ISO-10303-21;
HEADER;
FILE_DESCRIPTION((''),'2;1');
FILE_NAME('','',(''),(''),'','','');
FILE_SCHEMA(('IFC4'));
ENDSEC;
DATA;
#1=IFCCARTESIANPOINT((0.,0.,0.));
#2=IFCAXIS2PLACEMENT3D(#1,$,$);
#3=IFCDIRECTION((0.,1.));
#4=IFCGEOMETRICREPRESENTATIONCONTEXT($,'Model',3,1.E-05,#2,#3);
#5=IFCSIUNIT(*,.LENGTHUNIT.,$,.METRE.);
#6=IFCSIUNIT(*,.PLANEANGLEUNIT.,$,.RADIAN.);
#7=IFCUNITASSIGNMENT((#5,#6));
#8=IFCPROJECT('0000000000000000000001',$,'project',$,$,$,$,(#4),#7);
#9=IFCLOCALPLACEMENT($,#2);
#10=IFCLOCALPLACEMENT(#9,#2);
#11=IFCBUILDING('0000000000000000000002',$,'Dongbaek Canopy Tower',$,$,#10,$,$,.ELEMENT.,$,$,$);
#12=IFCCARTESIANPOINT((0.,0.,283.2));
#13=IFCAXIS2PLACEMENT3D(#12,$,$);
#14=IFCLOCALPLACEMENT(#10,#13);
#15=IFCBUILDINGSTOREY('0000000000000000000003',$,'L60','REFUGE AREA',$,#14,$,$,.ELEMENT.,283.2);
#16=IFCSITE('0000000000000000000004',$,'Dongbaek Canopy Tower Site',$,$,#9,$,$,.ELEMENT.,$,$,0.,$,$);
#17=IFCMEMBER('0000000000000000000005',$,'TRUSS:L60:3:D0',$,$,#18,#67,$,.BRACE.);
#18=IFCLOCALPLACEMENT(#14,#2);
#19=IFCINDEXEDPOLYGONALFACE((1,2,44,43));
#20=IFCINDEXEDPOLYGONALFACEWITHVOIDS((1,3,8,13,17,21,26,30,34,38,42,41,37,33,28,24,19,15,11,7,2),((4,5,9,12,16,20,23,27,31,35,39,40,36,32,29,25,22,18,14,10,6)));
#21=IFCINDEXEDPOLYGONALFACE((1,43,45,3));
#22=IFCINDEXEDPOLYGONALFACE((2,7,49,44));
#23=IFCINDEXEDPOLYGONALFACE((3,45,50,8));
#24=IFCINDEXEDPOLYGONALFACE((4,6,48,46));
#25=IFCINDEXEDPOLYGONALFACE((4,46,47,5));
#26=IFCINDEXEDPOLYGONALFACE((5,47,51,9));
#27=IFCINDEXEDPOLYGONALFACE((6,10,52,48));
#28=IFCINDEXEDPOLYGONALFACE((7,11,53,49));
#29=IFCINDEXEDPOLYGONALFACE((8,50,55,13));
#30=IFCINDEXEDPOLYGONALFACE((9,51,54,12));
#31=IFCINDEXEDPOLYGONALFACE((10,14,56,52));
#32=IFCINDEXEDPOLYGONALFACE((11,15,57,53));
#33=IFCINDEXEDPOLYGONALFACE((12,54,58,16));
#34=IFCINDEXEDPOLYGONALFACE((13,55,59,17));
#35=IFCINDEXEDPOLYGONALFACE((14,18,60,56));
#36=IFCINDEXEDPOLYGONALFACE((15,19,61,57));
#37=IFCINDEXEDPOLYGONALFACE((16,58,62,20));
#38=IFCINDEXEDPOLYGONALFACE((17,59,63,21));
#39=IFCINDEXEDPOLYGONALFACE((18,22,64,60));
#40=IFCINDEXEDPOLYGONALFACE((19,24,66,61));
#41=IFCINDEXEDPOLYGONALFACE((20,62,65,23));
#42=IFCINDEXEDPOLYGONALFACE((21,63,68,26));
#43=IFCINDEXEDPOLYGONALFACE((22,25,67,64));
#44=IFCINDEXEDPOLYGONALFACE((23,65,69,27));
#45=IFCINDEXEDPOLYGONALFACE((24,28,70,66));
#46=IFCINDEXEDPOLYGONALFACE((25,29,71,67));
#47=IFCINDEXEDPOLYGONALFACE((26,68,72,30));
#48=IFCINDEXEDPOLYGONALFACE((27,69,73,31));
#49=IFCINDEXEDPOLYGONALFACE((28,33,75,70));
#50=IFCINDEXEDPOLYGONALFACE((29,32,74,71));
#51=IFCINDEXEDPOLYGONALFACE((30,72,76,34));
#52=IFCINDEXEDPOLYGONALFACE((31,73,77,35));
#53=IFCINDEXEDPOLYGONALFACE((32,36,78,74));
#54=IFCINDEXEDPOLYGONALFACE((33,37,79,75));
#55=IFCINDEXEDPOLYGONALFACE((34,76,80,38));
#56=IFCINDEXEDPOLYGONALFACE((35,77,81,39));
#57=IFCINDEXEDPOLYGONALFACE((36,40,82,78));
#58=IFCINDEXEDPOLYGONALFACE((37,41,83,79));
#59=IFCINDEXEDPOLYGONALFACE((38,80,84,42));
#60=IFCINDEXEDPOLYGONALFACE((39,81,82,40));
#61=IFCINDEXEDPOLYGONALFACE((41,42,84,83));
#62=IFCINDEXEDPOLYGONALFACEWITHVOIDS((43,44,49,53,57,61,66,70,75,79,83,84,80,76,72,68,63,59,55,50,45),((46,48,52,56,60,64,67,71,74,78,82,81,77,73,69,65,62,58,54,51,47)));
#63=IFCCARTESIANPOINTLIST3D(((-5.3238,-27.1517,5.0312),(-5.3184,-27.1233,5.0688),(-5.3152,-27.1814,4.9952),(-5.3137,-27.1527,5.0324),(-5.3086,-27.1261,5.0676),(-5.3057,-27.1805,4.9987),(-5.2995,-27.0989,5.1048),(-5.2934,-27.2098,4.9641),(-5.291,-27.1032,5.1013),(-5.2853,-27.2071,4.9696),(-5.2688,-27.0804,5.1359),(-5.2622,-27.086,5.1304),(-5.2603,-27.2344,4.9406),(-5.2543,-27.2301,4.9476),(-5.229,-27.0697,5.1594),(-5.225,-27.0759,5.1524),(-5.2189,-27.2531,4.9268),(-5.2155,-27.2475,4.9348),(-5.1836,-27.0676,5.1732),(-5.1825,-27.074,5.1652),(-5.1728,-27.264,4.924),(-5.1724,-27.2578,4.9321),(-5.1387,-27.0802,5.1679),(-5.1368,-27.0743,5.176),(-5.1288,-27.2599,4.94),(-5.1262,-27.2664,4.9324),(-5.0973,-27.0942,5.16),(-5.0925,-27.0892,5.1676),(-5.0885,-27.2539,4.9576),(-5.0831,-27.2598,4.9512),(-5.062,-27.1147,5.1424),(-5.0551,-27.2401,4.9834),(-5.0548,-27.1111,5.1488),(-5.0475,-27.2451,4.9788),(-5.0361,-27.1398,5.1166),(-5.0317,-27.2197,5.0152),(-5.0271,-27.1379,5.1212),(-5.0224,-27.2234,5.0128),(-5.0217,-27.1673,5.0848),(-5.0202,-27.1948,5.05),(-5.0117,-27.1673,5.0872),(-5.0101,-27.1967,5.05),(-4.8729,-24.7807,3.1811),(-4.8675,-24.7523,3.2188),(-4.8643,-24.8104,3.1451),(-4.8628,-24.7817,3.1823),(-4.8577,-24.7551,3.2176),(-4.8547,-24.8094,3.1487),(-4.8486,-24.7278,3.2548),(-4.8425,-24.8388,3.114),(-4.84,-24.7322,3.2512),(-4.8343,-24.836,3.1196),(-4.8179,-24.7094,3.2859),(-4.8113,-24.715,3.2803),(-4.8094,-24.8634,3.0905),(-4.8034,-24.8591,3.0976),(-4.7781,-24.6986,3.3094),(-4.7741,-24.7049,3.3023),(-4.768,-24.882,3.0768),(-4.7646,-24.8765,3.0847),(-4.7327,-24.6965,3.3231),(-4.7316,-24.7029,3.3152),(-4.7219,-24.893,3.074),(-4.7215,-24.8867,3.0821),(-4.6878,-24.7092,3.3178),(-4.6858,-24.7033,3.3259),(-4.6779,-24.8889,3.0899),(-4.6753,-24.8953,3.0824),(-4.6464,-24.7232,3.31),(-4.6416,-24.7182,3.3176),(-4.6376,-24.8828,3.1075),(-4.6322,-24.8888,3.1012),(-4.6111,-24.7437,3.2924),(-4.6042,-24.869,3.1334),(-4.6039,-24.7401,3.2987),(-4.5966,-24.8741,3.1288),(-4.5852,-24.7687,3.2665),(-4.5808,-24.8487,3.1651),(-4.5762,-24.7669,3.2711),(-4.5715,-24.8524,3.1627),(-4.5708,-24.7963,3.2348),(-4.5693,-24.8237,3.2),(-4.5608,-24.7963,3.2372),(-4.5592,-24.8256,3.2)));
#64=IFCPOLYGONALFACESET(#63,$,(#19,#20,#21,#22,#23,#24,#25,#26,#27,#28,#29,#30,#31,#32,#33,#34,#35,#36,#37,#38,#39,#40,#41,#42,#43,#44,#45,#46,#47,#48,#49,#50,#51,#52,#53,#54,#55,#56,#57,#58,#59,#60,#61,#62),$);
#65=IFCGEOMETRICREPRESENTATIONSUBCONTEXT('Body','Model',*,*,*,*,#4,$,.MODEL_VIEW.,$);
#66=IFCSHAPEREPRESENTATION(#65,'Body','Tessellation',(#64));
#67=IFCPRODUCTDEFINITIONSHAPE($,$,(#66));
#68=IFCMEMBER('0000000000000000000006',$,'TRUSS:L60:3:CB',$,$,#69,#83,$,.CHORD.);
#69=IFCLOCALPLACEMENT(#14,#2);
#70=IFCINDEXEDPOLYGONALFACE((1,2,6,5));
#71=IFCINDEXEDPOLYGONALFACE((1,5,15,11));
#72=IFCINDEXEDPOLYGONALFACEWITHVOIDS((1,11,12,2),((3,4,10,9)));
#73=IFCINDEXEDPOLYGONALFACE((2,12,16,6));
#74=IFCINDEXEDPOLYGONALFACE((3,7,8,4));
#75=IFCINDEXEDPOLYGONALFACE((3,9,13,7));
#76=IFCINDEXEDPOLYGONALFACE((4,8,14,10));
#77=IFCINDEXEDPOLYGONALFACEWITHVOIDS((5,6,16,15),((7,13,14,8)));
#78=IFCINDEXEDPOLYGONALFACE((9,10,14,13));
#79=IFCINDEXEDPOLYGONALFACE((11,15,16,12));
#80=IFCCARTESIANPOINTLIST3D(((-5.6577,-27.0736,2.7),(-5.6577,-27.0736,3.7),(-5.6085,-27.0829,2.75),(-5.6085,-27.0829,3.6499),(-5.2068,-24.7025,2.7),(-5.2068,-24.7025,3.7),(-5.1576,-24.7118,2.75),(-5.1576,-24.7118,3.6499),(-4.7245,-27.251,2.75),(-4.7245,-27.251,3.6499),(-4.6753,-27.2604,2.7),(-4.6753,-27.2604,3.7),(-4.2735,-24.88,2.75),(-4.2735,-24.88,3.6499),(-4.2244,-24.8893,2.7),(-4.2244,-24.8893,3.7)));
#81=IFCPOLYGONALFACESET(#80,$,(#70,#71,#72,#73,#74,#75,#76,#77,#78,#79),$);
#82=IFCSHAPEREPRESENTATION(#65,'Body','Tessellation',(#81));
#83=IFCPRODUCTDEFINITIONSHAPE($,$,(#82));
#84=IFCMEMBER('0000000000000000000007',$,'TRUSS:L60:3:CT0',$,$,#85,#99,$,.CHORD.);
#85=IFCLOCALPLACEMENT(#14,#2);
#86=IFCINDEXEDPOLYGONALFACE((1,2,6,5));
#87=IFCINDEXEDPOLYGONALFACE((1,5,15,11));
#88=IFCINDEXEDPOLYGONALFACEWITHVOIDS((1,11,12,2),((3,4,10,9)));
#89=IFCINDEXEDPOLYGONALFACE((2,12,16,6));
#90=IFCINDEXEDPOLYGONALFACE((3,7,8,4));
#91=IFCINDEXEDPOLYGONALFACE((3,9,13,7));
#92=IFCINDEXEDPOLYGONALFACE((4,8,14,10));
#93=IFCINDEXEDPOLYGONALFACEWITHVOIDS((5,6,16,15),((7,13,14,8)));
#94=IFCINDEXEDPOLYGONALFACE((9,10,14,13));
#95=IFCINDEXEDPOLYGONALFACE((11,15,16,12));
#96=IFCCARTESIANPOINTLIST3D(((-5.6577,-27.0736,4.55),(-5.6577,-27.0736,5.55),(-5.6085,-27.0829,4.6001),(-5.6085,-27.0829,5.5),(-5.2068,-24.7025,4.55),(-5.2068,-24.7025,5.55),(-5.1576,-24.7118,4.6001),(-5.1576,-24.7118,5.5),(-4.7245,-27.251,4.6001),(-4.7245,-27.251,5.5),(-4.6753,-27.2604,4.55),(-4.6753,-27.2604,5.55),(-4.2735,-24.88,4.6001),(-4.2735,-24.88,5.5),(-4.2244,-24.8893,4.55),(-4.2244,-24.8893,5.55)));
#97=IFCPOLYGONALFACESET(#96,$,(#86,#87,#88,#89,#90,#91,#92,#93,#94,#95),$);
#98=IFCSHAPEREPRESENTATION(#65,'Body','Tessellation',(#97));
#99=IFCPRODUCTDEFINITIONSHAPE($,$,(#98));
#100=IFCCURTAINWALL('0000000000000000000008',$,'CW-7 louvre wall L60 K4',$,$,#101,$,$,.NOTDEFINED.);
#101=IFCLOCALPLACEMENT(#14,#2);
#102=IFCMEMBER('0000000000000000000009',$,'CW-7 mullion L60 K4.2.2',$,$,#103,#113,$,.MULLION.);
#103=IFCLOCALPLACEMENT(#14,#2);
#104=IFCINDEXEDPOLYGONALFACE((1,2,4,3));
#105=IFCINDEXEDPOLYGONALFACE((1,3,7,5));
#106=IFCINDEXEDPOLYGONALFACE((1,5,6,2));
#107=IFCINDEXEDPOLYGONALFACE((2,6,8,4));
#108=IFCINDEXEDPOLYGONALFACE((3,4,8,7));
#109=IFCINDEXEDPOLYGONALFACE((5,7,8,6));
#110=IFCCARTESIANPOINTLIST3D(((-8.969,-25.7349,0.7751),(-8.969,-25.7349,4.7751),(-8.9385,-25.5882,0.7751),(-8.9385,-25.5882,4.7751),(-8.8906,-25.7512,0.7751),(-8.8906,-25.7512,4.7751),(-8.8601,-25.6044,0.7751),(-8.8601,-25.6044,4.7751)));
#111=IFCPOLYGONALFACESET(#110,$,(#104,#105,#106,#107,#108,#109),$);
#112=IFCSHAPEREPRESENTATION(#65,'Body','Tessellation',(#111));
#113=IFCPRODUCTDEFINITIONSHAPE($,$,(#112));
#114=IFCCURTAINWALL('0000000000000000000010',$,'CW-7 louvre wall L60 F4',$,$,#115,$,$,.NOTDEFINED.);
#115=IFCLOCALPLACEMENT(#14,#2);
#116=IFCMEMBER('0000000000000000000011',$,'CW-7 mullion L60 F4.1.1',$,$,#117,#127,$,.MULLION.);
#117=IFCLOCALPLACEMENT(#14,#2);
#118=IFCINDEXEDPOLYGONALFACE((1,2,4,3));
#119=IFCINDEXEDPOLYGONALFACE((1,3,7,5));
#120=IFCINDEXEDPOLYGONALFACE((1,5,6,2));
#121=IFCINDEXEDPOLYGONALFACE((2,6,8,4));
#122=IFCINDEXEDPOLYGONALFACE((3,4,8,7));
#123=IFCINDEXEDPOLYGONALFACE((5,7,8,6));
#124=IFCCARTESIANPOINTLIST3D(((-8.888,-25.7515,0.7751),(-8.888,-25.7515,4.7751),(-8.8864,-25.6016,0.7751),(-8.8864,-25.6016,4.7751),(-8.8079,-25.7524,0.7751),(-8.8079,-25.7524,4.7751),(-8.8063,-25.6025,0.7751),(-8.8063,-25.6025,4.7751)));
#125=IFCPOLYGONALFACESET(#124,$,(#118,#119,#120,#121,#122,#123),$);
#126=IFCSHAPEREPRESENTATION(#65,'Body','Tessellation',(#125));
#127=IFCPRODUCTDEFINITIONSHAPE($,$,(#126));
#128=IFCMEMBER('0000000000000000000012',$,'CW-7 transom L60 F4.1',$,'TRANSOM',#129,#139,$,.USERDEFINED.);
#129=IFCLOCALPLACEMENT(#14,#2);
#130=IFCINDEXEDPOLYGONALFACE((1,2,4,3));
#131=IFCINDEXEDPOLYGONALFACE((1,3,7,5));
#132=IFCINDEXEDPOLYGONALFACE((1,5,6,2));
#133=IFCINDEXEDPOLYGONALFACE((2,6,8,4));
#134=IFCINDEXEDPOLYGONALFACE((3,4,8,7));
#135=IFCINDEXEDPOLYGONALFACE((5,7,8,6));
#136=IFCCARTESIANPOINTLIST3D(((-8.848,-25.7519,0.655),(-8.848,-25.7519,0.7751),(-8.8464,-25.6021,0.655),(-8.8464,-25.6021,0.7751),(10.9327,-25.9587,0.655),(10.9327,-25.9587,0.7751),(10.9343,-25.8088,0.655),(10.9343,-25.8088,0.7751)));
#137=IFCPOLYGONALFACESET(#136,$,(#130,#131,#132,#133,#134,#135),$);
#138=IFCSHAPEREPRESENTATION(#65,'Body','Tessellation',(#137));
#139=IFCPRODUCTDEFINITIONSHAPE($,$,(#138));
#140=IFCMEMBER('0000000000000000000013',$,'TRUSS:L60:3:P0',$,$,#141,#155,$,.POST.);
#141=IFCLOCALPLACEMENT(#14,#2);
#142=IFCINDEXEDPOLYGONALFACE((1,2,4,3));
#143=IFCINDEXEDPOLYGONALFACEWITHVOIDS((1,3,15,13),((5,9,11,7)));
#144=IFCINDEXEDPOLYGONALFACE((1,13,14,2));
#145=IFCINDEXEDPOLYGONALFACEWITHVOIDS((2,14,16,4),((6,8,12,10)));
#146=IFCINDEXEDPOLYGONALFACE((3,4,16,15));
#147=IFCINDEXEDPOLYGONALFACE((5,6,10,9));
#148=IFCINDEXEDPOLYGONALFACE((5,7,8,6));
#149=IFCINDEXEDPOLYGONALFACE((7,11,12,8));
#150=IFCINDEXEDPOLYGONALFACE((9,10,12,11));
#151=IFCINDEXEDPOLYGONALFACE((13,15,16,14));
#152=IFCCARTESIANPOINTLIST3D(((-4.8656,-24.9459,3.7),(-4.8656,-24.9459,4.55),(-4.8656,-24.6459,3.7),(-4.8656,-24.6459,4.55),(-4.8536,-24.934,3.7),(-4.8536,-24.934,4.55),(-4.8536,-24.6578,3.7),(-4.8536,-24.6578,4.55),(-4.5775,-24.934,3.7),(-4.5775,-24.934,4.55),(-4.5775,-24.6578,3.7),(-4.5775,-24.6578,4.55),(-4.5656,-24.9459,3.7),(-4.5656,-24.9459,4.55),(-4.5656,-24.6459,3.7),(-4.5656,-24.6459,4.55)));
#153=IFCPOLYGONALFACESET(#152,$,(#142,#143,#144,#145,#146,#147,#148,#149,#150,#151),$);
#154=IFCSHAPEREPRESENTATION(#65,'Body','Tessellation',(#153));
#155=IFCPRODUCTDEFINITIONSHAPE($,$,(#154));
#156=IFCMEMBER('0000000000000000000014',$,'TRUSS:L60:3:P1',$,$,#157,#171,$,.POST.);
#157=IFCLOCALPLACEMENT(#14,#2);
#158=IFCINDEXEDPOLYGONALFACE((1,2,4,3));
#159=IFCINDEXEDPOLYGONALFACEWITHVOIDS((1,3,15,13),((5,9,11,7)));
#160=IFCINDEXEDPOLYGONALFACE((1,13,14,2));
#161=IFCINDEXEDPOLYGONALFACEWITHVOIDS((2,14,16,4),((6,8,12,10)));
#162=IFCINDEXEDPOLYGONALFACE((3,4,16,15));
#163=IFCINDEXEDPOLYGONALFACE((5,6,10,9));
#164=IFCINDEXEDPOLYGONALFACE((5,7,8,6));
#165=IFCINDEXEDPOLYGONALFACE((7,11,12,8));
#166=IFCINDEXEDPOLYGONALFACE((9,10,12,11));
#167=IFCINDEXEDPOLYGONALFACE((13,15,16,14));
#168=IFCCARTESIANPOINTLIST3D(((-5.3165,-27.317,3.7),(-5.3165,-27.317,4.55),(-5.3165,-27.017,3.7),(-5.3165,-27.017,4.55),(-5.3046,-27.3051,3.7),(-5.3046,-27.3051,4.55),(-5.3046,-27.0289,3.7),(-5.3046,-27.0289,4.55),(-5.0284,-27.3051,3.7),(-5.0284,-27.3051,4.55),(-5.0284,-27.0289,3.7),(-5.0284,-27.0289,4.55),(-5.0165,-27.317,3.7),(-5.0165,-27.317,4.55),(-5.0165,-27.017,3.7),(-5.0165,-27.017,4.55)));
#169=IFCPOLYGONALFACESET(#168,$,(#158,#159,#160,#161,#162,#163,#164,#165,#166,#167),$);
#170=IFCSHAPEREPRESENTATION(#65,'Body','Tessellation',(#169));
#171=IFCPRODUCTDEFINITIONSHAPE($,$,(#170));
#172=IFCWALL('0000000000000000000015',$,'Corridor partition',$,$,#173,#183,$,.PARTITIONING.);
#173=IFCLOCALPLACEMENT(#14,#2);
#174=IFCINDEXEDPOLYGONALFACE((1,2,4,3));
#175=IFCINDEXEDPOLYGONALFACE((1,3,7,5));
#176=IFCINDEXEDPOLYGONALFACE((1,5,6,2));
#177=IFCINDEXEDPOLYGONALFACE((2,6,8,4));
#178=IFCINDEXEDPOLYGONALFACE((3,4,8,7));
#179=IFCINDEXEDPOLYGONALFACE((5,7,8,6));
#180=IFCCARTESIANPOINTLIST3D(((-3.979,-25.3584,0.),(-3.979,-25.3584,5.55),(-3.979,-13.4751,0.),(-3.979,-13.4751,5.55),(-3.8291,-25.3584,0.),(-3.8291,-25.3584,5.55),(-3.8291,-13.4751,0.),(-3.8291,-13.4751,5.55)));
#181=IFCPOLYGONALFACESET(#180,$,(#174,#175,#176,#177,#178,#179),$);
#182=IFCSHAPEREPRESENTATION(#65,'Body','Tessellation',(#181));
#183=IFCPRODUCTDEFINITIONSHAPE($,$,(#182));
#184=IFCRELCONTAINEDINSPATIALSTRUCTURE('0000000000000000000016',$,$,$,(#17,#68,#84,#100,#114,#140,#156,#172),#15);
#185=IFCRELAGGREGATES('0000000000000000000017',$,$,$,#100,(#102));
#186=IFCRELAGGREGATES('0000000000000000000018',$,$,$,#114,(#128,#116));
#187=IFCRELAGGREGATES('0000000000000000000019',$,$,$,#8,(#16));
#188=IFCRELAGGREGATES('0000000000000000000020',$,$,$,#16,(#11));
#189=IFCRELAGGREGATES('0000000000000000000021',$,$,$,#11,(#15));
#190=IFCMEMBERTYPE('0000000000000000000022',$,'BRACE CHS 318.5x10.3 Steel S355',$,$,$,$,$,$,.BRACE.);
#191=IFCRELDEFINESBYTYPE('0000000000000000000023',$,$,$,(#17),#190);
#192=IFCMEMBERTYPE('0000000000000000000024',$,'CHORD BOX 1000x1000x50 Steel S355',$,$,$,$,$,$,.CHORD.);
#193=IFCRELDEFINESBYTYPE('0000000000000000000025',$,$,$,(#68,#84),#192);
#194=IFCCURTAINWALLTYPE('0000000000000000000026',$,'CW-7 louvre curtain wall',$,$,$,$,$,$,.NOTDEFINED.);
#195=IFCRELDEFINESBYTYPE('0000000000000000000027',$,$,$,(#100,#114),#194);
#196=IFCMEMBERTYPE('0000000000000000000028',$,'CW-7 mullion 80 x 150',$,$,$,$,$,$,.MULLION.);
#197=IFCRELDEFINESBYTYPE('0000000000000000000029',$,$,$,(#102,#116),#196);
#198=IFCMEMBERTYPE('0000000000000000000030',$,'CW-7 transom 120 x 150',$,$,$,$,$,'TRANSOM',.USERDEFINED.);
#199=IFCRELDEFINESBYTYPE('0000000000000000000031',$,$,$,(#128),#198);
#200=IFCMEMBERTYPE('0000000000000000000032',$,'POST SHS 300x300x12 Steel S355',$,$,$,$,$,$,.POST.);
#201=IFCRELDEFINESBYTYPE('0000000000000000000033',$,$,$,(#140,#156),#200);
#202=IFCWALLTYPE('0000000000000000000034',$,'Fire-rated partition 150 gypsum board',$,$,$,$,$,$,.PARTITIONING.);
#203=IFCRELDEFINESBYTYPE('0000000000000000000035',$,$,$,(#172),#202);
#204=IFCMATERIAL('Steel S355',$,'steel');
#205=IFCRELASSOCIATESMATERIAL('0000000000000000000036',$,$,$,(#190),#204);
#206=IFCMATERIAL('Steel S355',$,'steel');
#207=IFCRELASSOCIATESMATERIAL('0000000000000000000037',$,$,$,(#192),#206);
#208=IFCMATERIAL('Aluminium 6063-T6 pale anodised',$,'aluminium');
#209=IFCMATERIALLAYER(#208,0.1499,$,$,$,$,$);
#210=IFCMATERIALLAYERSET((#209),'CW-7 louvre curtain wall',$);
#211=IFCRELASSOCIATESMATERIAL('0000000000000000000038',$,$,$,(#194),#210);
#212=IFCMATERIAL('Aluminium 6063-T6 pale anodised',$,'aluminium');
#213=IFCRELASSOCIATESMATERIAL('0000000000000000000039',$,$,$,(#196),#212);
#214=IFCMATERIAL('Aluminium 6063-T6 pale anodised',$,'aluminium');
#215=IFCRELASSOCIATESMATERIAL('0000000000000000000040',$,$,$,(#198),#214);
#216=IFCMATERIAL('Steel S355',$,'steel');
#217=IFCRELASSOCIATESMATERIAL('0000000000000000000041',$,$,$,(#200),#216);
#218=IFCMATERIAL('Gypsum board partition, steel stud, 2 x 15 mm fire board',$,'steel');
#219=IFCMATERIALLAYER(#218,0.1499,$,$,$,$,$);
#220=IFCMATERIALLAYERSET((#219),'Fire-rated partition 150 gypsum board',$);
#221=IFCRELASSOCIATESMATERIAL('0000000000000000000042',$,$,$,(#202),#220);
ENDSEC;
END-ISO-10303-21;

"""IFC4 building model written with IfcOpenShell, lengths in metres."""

from ifc_helpers import new_model, si_unit, direction, frame, frame_2d, origin, origin_2d, place, context, subcontext, project, spatial, rectangle, hollow_rectangle, hollow_circle, extrude, material, layer, layer_set, material_profile, profile_set, type_object, element, aggregate, save


model = new_model("IFC4")

# Units and contexts
model_context = context("Model", 3, precision=1e-05, world=origin(), true_north=direction((0.0, 1.0)))
body_context = subcontext(model_context, "Body", "Model", "MODEL_VIEW")
ifc_project = project(units=[si_unit("LENGTHUNIT", "METRE"), si_unit("PLANEANGLEUNIT", "RADIAN")], contexts=[model_context])

# Site, building, storey
site_placement = place(None, origin())
site = spatial("IfcSite", under=ifc_project, at=site_placement, Name="Dongbaek Canopy Tower Site", CompositionType="ELEMENT", RefElevation=0.0)
building_placement = place(site_placement, origin())
building = spatial("IfcBuilding", under=site, at=building_placement, Name="Dongbaek Canopy Tower", CompositionType="ELEMENT")
storey_placement = place(building_placement, frame((0.0, 0.0, 283.2)))
storey = spatial("IfcBuildingStorey", under=building, at=storey_placement, Name="L60", Description="REFUGE AREA", CompositionType="ELEMENT", Elevation=283.2)

# Members
ifc_material_1 = material(Name="Steel S355", Category="steel")
ifc_material_profile_1 = material_profile(ifc_material_1, hollow_circle(Radius=0.1592, WallThickness=0.0103, at=origin_2d()), Name="BRACE CHS 318.5x10.3 Steel S355")
ifc_profile_set_1 = profile_set([ifc_material_profile_1], Name="Steel S355")
member_type_1 = type_object("IfcMemberType", Name="BRACE CHS 318.5x10.3 Steel S355", PredefinedType="BRACE", material=ifc_profile_set_1)
member_1_placement = place(storey_placement, frame((-4.7156, -24.7959, 3.2), z_axis=(-0.148278, -0.779683, 0.608365), x_axis=(0.982393, -0.186829, 0.0)))
element("IfcMember", 1, at=member_1_placement, inside=storey, type_object=member_type_1, Name="TRUSS:L60:3:D0", PredefinedType="BRACE", context=body_context, shape_type="SweptSolid", body=[
    extrude(hollow_circle(Radius=0.1592, WallThickness=0.0103, at=origin_2d()), origin(), (0.0, 0.0, 1.0), 3.041),
])
ifc_material_2 = material(Name="Steel S355", Category="steel")
ifc_material_profile_2 = material_profile(ifc_material_2, hollow_rectangle(XDim=1.0, YDim=1.0, WallThickness=0.05, at=origin_2d()), Name="CHORD BOX 1000x1000x50 Steel S355")
ifc_profile_set_2 = profile_set([ifc_material_profile_2], Name="Steel S355")
member_type_2 = type_object("IfcMemberType", Name="CHORD BOX 1000x1000x50 Steel S355", PredefinedType="CHORD", material=ifc_profile_set_2)
for number, where, z_axis, x_axis, name in (
    (2, (-4.7156, -24.7959, 3.2), (-0.186829, -0.982393, 0.0), (0.982393, -0.186829, 0.0), "TRUSS:L60:3:CB"),
    (3, (-4.7156, -24.7959, 5.05), (-0.186829, -0.982393, 0.0), (0.982393, -0.186829, 0.0), "TRUSS:L60:3:CT0"),
):
    element("IfcMember", number, at=place(storey_placement, frame(where, z_axis=z_axis, x_axis=x_axis)), inside=storey, type_object=member_type_2, Name=name, PredefinedType="CHORD", context=body_context, shape_type="SweptSolid", body=[
        extrude(hollow_rectangle(XDim=1.0, YDim=1.0, WallThickness=0.05, at=origin_2d()), origin(), (0.0, 0.0, 1.0), 2.4136),
    ])

# Curtain wall, member
ifc_material_3 = material(Name="Aluminium 6063-T6 pale anodised", Category="aluminium")
ifc_layer_1 = layer(ifc_material_3, 0.1499)
ifc_layer_set_1 = layer_set([ifc_layer_1], Name="CW-7 louvre curtain wall")
curtain_wall_type = type_object("IfcCurtainWallType", Name="CW-7 louvre curtain wall", PredefinedType="NOTDEFINED", material=ifc_layer_set_1)
curtain_wall_1_placement = place(storey_placement, origin())
curtain_wall_1 = element("IfcCurtainWall", 4, at=curtain_wall_1_placement, inside=storey, type_object=curtain_wall_type, Name="CW-7 louvre wall L60 K4", PredefinedType="NOTDEFINED")
ifc_material_4 = material(Name="Aluminium 6063-T6 pale anodised", Category="aluminium")
ifc_material_profile_3 = material_profile(ifc_material_4, rectangle(XDim=0.1499, YDim=0.0801, at=origin_2d()), Name="CW-7 mullion 80 x 150")
ifc_profile_set_3 = profile_set([ifc_material_profile_3], Name="Aluminium 6063-T6 pale anodised")
member_type_3 = type_object("IfcMemberType", Name="CW-7 mullion 80 x 150", PredefinedType="MULLION", material=ifc_profile_set_3)
member_2_placement = place(storey_placement, frame((-8.9146, -25.6697, 0.7751), z_axis=(0.0, 0.0, 1.0), x_axis=(-0.203238, -0.979129, 0.0)))
member_2 = element("IfcMember", 5, at=member_2_placement, type_object=member_type_3, Name="CW-7 mullion L60 K4.2.2", PredefinedType="MULLION", context=body_context, shape_type="SweptSolid", body=[
    extrude(rectangle(XDim=0.1499, YDim=0.0801, at=origin_2d()), origin(), (0.0, 0.0, 1.0), 4.0),
])

# Curtain wall, members
curtain_wall_2_placement = place(storey_placement, origin())
curtain_wall_2 = element("IfcCurtainWall", 6, at=curtain_wall_2_placement, inside=storey, type_object=curtain_wall_type, Name="CW-7 louvre wall L60 F4", PredefinedType="NOTDEFINED")
member_3_placement = place(storey_placement, frame((-8.8472, -25.677, 0.7751), z_axis=(0.0, 0.0, 1.0), x_axis=(-0.010455, -0.999945, 0.0)))
member_3 = element("IfcMember", 7, at=member_3_placement, type_object=member_type_3, Name="CW-7 mullion L60 F4.1.1", PredefinedType="MULLION", context=body_context, shape_type="SweptSolid", body=[
    extrude(rectangle(XDim=0.1499, YDim=0.0801, at=origin_2d()), origin(), (0.0, 0.0, 1.0), 4.0),
])
ifc_material_5 = material(Name="Aluminium 6063-T6 pale anodised", Category="aluminium")
ifc_material_profile_4 = material_profile(ifc_material_5, rectangle(XDim=0.1499, YDim=0.1201, at=origin_2d()), Name="CW-7 transom 120 x 150")
ifc_profile_set_4 = profile_set([ifc_material_profile_4], Name="Aluminium 6063-T6 pale anodised")
member_type_4 = type_object("IfcMemberType", Name="CW-7 transom 120 x 150", ElementType="TRANSOM", PredefinedType="USERDEFINED", material=ifc_profile_set_4)
member_4_placement = place(storey_placement, frame((-8.8472, -25.677, 0.7151), z_axis=(0.999945, -0.010453, 0.0), x_axis=(0.010453, 0.999945, 0.0)))
member_4 = element("IfcMember", 8, at=member_4_placement, type_object=member_type_4, Name="CW-7 transom L60 F4.1", ObjectType="TRANSOM", PredefinedType="USERDEFINED", context=body_context, shape_type="SweptSolid", body=[
    extrude(rectangle(XDim=0.1499, YDim=0.1201, at=origin_2d()), origin(), (0.0, 0.0, 1.0), 19.7817),
])

# Members
ifc_material_6 = material(Name="Steel S355", Category="steel")
ifc_material_profile_5 = material_profile(ifc_material_6, hollow_rectangle(XDim=0.3, YDim=0.3, WallThickness=0.012, at=origin_2d()), Name="POST SHS 300x300x12 Steel S355")
ifc_profile_set_5 = profile_set([ifc_material_profile_5], Name="Steel S355")
member_type_5 = type_object("IfcMemberType", Name="POST SHS 300x300x12 Steel S355", PredefinedType="POST", material=ifc_profile_set_5)
for number, where, z_axis, x_axis, name in (
    (9, (-4.7156, -24.7959, 3.7), (0.0, 0.0, 1.0), (1.0, 0.0, 0.0), "TRUSS:L60:3:P0"),
    (10, (-5.1665, -27.167, 3.7), (0.0, 0.0, 1.0), (1.0, 0.0, 0.0), "TRUSS:L60:3:P1"),
):
    element("IfcMember", number, at=place(storey_placement, frame(where, z_axis=z_axis, x_axis=x_axis)), inside=storey, type_object=member_type_5, Name=name, PredefinedType="POST", context=body_context, shape_type="SweptSolid", body=[
        extrude(hollow_rectangle(XDim=0.3, YDim=0.3, WallThickness=0.012, at=origin_2d()), origin(), (0.0, 0.0, 1.0), 0.8501),
    ])

# Wall
ifc_material_7 = material(Name="Gypsum board partition, steel stud, 2 x 15 mm fire board", Category="steel")
ifc_layer_2 = layer(ifc_material_7, 0.1499)
ifc_layer_set_2 = layer_set([ifc_layer_2], Name="Fire-rated partition 150 gypsum board")
wall_type_1 = type_object("IfcWallType", Name="Fire-rated partition 150 gypsum board", PredefinedType="PARTITIONING", material=ifc_layer_set_2)
wall_1_placement = place(storey_placement, frame((-3.9041, -25.3584, 0.0), z_axis=(0.0, 0.0, 1.0), x_axis=(0.0, 1.0, 0.0)))
element("IfcWall", 11, at=wall_1_placement, inside=storey, type_object=wall_type_1, Name="Corridor partition", PredefinedType="PARTITIONING", context=body_context, shape_type="SweptSolid", body=[
    extrude(rectangle(XDim=11.8833, YDim=0.1499, at=frame_2d((5.9417, 0.0))), origin(), (0.0, 0.0, 1.0), 5.55),
])

aggregate(curtain_wall_1, [member_2])
aggregate(curtain_wall_2, [member_4, member_3])

save(model, "model.ifc")
